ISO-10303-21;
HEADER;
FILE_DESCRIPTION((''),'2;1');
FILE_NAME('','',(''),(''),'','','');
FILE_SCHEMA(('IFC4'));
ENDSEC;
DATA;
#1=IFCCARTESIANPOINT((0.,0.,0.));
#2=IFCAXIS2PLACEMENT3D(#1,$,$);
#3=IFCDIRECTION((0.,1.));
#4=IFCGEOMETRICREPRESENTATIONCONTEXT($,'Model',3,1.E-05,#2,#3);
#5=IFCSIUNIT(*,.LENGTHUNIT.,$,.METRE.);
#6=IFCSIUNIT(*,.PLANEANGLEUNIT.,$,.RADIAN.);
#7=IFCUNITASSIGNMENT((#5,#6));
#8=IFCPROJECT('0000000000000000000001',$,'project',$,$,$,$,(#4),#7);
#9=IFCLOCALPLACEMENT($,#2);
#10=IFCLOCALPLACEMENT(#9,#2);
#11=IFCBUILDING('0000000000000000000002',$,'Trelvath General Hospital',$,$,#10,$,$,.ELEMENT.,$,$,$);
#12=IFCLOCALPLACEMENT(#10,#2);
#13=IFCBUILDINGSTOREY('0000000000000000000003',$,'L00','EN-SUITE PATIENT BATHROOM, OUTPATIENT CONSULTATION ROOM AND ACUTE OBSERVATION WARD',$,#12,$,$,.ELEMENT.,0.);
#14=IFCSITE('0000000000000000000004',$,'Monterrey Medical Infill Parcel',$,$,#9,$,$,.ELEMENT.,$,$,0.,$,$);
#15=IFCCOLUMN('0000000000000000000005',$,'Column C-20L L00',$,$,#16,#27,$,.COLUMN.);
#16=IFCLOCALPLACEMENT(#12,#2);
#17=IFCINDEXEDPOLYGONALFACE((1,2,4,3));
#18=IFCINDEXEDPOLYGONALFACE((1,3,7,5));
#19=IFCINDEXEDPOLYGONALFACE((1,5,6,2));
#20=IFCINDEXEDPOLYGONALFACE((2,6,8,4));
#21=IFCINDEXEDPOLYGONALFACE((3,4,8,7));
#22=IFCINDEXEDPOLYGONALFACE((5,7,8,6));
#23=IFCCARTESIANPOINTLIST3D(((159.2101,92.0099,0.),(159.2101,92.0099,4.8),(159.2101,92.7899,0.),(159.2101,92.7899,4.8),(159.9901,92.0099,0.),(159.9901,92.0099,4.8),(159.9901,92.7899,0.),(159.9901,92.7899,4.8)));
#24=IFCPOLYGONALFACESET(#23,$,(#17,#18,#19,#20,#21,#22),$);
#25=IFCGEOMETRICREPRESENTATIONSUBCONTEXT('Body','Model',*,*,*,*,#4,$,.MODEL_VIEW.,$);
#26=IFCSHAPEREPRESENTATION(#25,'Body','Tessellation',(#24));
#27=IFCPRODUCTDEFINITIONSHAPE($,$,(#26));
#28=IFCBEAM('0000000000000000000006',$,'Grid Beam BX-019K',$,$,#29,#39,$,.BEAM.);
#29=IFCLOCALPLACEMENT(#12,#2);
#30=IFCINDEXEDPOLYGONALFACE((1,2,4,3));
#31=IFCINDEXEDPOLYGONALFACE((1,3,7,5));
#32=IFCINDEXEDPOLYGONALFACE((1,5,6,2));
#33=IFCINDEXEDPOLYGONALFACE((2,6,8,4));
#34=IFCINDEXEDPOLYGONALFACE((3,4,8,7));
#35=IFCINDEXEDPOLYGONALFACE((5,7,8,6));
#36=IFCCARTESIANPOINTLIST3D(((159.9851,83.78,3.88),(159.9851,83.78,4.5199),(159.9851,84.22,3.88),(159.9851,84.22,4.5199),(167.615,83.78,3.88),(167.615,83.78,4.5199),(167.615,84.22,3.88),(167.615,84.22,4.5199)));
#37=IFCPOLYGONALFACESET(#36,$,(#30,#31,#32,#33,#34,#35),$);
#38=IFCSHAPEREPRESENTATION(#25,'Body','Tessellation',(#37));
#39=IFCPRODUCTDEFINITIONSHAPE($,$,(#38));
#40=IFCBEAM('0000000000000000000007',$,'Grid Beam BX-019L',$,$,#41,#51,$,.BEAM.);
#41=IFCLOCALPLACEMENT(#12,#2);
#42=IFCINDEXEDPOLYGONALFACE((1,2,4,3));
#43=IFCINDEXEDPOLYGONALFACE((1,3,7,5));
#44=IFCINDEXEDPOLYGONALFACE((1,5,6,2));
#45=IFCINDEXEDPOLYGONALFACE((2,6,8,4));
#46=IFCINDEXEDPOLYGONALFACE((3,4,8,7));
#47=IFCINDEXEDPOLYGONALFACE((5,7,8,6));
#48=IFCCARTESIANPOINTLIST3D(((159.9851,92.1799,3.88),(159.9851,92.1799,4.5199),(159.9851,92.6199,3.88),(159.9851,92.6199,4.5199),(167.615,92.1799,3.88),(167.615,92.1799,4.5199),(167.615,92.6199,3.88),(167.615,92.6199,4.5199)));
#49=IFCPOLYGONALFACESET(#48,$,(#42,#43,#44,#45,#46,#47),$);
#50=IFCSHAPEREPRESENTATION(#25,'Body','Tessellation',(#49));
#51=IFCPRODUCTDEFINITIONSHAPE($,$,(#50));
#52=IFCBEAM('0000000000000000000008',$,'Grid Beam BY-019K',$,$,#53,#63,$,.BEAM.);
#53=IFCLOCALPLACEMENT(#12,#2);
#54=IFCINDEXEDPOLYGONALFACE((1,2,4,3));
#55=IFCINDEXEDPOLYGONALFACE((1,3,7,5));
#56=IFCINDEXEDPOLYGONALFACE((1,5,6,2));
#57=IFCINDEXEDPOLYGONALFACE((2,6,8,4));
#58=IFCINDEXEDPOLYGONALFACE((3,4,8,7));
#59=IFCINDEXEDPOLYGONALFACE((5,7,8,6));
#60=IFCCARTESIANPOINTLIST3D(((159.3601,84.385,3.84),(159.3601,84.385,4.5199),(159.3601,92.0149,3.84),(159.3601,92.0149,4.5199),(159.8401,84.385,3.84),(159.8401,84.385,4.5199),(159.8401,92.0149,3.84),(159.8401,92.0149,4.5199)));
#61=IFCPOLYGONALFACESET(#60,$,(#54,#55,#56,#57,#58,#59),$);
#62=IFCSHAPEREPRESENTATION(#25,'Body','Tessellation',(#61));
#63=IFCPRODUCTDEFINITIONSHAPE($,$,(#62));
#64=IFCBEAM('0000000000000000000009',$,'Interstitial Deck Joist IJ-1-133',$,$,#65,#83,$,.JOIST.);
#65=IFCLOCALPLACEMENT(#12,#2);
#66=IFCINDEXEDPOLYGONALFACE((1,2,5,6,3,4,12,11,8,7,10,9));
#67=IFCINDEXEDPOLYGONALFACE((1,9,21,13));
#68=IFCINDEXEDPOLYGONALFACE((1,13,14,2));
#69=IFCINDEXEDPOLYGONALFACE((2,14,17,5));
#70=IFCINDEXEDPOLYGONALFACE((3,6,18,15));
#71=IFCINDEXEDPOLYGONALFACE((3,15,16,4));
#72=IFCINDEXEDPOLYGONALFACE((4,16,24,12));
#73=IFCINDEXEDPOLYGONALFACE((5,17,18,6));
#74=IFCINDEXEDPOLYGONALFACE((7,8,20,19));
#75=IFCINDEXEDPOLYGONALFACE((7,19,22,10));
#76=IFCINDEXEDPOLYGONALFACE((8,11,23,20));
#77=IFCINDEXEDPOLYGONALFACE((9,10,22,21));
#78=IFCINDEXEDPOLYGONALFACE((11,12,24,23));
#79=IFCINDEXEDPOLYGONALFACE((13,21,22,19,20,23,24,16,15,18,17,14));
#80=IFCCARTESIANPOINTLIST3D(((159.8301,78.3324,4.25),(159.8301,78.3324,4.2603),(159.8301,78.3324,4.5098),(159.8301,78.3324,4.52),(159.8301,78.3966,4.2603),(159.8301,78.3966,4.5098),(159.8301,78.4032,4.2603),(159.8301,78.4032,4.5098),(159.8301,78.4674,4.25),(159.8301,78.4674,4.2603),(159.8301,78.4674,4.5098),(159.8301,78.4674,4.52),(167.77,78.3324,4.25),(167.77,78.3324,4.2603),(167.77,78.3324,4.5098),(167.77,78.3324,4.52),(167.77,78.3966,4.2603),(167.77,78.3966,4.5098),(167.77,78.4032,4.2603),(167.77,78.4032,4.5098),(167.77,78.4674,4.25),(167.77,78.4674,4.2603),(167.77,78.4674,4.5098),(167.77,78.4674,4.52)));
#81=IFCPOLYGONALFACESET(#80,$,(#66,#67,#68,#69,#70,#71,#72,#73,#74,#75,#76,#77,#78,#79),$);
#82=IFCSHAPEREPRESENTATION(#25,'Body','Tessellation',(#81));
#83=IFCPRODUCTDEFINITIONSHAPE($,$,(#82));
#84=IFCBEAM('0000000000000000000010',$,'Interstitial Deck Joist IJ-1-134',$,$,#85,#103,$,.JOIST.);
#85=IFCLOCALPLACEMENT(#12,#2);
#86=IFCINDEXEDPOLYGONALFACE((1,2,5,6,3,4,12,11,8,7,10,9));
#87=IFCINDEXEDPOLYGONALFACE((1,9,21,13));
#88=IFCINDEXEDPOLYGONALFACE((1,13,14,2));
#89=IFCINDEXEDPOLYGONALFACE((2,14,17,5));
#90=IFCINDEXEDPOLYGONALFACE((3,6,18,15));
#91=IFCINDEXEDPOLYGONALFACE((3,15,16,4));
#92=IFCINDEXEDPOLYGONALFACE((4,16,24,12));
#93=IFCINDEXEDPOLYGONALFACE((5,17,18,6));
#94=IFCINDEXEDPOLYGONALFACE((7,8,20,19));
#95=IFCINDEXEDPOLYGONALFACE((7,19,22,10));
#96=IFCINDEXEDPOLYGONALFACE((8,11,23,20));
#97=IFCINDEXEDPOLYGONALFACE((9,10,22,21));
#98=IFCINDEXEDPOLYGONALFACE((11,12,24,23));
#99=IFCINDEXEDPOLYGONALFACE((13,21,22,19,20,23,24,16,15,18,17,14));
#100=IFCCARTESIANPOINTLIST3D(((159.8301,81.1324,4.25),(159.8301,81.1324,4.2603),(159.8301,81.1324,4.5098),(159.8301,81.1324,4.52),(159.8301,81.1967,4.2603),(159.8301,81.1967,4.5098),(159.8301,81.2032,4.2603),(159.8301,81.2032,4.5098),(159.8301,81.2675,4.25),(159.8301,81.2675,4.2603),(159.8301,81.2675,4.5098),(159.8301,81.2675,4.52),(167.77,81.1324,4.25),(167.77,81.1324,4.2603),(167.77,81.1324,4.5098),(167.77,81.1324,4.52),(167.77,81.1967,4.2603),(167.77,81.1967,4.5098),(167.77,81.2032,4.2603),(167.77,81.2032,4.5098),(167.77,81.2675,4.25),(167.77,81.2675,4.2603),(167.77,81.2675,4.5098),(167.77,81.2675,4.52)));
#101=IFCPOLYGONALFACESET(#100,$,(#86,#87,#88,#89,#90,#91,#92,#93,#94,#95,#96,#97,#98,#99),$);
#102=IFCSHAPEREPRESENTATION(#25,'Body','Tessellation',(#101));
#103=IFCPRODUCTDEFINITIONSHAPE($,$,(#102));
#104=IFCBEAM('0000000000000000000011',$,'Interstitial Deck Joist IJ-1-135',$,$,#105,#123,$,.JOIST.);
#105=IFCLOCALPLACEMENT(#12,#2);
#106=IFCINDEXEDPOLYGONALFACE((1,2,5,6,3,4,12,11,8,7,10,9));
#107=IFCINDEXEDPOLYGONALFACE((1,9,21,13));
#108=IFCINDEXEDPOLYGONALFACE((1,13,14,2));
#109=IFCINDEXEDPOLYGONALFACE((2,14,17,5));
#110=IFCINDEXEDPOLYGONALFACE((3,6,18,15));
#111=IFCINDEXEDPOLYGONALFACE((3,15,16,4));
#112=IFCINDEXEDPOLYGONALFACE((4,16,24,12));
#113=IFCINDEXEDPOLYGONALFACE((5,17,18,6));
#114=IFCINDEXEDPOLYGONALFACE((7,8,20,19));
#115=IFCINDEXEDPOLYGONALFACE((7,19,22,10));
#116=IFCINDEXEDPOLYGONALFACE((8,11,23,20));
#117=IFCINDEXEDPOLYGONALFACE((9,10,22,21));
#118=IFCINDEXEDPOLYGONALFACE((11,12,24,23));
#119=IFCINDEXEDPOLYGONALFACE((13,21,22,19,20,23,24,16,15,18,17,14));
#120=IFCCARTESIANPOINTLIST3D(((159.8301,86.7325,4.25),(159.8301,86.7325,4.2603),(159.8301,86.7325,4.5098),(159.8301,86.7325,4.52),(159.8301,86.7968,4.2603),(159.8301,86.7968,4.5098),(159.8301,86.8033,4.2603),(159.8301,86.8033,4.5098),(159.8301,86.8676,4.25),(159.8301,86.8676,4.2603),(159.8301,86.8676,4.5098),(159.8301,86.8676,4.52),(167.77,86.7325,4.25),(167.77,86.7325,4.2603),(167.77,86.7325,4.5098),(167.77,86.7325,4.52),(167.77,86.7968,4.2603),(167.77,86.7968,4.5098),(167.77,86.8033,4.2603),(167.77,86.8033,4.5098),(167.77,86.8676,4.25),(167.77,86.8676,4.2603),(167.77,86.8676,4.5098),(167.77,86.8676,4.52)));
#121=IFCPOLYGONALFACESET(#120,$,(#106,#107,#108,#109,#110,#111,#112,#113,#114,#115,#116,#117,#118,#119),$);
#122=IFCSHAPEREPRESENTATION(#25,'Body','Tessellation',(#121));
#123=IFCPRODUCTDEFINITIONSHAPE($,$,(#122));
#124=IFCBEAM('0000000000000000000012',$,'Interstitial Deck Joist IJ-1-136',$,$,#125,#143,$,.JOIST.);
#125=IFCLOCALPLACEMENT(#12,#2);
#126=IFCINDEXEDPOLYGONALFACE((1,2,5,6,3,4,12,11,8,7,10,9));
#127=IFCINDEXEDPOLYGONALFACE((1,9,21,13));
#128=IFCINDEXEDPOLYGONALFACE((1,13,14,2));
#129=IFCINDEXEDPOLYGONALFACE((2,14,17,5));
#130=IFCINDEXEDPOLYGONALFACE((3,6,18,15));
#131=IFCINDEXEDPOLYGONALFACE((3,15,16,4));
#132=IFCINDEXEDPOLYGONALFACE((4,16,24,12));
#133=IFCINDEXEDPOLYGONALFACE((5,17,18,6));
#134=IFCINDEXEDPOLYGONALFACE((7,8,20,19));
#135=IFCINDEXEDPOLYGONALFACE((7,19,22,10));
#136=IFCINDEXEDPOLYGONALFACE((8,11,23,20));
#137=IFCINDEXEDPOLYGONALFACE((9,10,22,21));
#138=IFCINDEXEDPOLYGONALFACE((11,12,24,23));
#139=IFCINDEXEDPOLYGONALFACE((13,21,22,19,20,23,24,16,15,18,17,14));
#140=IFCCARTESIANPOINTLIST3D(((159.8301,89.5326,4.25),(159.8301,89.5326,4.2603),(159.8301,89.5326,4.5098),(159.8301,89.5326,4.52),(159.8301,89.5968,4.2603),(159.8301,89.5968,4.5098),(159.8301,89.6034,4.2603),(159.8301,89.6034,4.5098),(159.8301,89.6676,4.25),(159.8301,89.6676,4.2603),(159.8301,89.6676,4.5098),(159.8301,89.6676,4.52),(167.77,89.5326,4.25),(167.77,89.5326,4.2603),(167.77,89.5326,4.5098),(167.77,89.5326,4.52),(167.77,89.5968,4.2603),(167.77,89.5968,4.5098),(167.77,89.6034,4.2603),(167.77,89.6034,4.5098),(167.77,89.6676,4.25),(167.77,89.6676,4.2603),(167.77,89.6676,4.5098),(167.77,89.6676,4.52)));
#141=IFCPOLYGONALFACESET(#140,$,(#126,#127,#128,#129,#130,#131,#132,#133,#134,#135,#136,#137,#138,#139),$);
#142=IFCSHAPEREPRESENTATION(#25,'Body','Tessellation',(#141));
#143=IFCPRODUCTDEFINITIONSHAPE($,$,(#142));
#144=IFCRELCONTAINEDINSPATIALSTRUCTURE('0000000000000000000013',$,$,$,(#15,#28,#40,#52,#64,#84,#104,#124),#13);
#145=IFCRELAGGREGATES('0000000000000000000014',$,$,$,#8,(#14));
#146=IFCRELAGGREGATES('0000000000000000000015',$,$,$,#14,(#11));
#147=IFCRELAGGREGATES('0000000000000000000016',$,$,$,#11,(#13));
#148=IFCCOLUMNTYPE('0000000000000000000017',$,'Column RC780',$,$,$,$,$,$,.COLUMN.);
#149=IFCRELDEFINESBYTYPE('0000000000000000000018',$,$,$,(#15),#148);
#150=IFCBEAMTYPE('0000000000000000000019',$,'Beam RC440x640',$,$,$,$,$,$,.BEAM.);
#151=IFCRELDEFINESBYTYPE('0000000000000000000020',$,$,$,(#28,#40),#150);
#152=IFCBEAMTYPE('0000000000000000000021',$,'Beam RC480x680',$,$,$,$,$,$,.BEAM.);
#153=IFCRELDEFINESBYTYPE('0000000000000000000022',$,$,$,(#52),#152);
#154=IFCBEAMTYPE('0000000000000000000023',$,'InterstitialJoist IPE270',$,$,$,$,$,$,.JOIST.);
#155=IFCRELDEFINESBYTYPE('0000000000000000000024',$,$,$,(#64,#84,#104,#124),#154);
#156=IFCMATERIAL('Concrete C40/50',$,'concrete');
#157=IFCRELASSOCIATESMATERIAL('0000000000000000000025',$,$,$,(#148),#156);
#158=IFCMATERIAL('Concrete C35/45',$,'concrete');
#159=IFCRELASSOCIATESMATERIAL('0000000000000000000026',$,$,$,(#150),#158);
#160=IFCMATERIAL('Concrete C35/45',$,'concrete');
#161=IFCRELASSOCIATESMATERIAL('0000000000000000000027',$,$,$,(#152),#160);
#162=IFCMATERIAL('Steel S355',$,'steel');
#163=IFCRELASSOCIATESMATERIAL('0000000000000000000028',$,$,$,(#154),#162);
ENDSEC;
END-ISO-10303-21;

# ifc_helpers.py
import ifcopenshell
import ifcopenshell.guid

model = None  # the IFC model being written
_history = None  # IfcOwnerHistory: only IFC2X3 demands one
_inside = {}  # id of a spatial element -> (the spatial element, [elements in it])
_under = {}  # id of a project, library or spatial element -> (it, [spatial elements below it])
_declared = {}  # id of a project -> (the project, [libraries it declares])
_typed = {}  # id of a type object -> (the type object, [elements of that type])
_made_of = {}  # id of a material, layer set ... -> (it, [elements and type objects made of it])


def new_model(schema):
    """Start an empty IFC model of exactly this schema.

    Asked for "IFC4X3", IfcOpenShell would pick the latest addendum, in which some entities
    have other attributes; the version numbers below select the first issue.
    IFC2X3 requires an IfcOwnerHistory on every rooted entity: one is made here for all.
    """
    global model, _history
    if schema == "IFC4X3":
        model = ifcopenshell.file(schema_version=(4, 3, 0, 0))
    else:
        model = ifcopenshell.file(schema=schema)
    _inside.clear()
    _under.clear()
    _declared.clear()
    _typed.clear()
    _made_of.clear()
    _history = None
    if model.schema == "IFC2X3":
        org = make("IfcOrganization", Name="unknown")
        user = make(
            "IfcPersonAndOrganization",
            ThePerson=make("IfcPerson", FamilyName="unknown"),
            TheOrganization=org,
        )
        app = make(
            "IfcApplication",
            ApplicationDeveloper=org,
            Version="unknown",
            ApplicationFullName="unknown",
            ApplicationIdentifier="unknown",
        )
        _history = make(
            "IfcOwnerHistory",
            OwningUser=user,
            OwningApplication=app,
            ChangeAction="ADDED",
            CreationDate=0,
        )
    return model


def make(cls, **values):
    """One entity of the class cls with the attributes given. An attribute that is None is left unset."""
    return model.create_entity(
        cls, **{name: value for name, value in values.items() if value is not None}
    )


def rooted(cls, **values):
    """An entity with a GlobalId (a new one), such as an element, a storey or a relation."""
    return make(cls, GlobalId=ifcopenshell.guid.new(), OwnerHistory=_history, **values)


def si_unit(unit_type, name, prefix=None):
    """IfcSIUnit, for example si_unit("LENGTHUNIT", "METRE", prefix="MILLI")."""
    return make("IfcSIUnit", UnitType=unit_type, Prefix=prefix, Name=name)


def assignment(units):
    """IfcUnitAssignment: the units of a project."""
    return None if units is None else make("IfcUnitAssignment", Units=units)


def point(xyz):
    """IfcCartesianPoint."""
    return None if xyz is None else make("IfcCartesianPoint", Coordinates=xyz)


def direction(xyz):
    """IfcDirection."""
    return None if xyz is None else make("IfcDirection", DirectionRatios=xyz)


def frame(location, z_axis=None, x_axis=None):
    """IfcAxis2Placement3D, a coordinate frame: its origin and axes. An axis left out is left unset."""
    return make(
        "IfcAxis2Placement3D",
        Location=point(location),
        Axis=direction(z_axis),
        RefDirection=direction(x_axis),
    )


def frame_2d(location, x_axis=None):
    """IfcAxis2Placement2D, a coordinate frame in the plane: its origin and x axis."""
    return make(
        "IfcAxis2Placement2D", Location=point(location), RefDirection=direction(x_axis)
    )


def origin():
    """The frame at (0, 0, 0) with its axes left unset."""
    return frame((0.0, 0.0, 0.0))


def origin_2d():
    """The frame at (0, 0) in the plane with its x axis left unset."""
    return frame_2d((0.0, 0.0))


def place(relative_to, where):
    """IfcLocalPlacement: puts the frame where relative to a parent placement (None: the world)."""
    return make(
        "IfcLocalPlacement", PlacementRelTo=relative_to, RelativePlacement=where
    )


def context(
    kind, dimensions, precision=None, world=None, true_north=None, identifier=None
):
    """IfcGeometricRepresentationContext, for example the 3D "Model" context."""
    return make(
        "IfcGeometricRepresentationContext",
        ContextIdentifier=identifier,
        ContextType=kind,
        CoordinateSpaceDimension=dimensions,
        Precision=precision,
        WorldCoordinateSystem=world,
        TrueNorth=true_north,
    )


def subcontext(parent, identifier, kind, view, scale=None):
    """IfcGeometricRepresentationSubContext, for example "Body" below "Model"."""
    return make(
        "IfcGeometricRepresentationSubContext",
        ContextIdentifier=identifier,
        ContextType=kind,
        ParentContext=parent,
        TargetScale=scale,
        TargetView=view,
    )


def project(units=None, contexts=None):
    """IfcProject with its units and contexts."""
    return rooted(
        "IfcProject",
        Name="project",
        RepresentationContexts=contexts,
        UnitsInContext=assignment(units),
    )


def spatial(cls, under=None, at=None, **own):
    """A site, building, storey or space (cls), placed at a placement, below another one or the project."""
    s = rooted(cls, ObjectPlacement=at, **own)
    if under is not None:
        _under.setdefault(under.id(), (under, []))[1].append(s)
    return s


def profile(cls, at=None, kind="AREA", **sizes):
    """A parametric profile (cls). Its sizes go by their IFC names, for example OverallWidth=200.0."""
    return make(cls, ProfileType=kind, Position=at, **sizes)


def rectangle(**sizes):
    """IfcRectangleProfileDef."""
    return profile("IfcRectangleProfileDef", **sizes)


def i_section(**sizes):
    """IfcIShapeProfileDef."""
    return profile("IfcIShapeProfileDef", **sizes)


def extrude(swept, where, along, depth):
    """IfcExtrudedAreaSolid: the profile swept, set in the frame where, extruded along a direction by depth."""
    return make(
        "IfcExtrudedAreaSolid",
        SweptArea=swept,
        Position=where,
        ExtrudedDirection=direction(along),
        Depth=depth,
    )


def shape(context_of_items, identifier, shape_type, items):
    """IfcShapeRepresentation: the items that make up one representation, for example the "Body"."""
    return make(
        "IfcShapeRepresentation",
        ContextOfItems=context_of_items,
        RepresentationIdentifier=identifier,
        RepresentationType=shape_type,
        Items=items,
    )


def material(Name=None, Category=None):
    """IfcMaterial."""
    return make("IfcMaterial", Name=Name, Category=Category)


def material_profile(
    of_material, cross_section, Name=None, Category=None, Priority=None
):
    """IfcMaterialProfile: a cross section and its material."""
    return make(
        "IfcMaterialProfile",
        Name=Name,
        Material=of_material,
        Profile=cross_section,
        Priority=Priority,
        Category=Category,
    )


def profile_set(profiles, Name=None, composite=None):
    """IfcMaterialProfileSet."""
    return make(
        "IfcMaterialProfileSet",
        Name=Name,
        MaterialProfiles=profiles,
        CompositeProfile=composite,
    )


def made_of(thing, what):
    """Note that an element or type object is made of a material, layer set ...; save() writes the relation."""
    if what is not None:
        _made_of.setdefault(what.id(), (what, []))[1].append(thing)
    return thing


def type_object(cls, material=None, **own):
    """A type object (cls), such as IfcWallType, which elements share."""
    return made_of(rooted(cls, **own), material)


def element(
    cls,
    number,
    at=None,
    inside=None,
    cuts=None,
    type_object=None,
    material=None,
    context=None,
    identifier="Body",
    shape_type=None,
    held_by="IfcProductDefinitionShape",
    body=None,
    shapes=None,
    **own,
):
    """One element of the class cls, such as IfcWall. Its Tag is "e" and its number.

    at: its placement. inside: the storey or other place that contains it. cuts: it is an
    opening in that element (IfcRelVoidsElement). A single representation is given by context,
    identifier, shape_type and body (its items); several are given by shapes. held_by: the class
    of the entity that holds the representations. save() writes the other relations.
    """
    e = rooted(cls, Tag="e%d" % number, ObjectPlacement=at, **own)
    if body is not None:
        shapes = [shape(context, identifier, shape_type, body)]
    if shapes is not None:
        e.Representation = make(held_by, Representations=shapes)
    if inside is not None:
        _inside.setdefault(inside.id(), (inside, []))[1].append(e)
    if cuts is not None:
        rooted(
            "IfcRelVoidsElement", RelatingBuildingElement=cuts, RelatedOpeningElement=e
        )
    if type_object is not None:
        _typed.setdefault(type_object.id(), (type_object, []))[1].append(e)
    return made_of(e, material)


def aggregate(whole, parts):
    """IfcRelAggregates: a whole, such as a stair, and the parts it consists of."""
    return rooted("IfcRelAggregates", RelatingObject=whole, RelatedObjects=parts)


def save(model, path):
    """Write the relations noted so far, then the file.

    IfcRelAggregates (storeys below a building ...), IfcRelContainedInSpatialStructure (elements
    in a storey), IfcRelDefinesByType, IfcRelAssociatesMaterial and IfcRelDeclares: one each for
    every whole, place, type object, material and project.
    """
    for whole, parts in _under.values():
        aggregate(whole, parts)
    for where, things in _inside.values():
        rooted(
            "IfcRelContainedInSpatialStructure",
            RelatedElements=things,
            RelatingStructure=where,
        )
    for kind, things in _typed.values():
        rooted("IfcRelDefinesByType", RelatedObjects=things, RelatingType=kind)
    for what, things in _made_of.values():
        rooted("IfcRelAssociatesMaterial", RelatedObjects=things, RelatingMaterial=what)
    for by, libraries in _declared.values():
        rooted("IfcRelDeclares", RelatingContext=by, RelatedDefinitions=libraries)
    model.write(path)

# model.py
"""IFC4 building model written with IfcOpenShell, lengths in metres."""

from ifc_helpers import new_model, si_unit, direction, frame, origin, origin_2d, place, context, subcontext, project, spatial, rectangle, i_section, extrude, material, material_profile, profile_set, type_object, element, save


model = new_model("IFC4")

# Units and contexts
model_context = context("Model", 3, precision=1e-05, world=origin(), true_north=direction((0.0, 1.0)))
body_context = subcontext(model_context, "Body", "Model", "MODEL_VIEW")
ifc_project = project(units=[si_unit("LENGTHUNIT", "METRE"), si_unit("PLANEANGLEUNIT", "RADIAN")], contexts=[model_context])

# Site, building, storey
site_placement = place(None, origin())
site = spatial("IfcSite", under=ifc_project, at=site_placement, Name="Monterrey Medical Infill Parcel", CompositionType="ELEMENT", RefElevation=0.0)
building_placement = place(site_placement, origin())
building = spatial("IfcBuilding", under=site, at=building_placement, Name="Trelvath General Hospital", CompositionType="ELEMENT")
storey_placement = place(building_placement, origin())
storey = spatial("IfcBuildingStorey", under=building, at=storey_placement, Name="L00", Description="EN-SUITE PATIENT BATHROOM, OUTPATIENT CONSULTATION ROOM AND ACUTE OBSERVATION WARD", CompositionType="ELEMENT", Elevation=0.0)

# Column
ifc_material_1 = material(Name="Concrete C40/50", Category="concrete")
ifc_material_profile_1 = material_profile(ifc_material_1, rectangle(XDim=0.78, YDim=0.78, at=origin_2d()), Name="RC780x780")
ifc_profile_set_1 = profile_set([ifc_material_profile_1], Name="Concrete C40/50")
column_type = type_object("IfcColumnType", Name="Column RC780", PredefinedType="COLUMN", material=ifc_profile_set_1)
for number, where, z_axis, x_axis, name in (
    (1, (159.6001, 92.3999, 0.0), (0.0, 0.0, 1.0), (1.0, 0.0, 0.0), "Column C-20L L00"),
):
    element("IfcColumn", number, at=place(storey_placement, frame(where, z_axis=z_axis, x_axis=x_axis)), inside=storey, type_object=column_type, Name=name, PredefinedType="COLUMN", context=body_context, shape_type="SweptSolid", body=[
        extrude(rectangle(XDim=0.78, YDim=0.78, at=origin_2d()), origin(), (0.0, 0.0, 1.0), 4.8),
    ])

# Beams
ifc_material_2 = material(Name="Concrete C35/45", Category="concrete")
ifc_material_profile_2 = material_profile(ifc_material_2, rectangle(XDim=0.4399, YDim=0.6399, at=origin_2d()), Name="RCB440x640")
ifc_profile_set_2 = profile_set([ifc_material_profile_2], Name="Concrete C35/45")
beam_type_1 = type_object("IfcBeamType", Name="Beam RC440x640", PredefinedType="BEAM", material=ifc_profile_set_2)
for number, where, z_axis, x_axis, name in (
    (2, (159.9851, 84.0, 4.2), (1.0, 0.0, 0.0), (0.0, 1.0, 0.0), "Grid Beam BX-019K"),
    (3, (159.9851, 92.3999, 4.2), (1.0, 0.0, 0.0), (0.0, 1.0, 0.0), "Grid Beam BX-019L"),
):
    element("IfcBeam", number, at=place(storey_placement, frame(where, z_axis=z_axis, x_axis=x_axis)), inside=storey, type_object=beam_type_1, Name=name, PredefinedType="BEAM", context=body_context, shape_type="SweptSolid", body=[
        extrude(rectangle(XDim=0.4399, YDim=0.6399, at=origin_2d()), origin(), (0.0, 0.0, 1.0), 7.6299),
    ])
ifc_material_3 = material(Name="Concrete C35/45", Category="concrete")
ifc_material_profile_3 = material_profile(ifc_material_3, rectangle(XDim=0.48, YDim=0.6799, at=origin_2d()), Name="RCB480x680")
ifc_profile_set_3 = profile_set([ifc_material_profile_3], Name="Concrete C35/45")
beam_type_2 = type_object("IfcBeamType", Name="Beam RC480x680", PredefinedType="BEAM", material=ifc_profile_set_3)
beam_placement = place(storey_placement, frame((159.6001, 84.385, 4.1799), z_axis=(0.0, 1.0, 0.0), x_axis=(-1.0, 0.0, 0.0)))
element("IfcBeam", 4, at=beam_placement, inside=storey, type_object=beam_type_2, Name="Grid Beam BY-019K", PredefinedType="BEAM", context=body_context, shape_type="SweptSolid", body=[
    extrude(rectangle(XDim=0.48, YDim=0.6799, at=origin_2d()), origin(), (0.0, 0.0, 1.0), 7.6299),
])
ifc_material_4 = material(Name="Steel S355", Category="steel")
ifc_material_profile_4 = material_profile(ifc_material_4, i_section(OverallWidth=0.135, OverallDepth=0.27, WebThickness=0.0066, FlangeThickness=0.0103, at=origin_2d()), Name="IPE270")
ifc_profile_set_4 = profile_set([ifc_material_profile_4], Name="Steel S355")
beam_type_3 = type_object("IfcBeamType", Name="InterstitialJoist IPE270", PredefinedType="JOIST", material=ifc_profile_set_4)
for number, where, z_axis, x_axis, name in (
    (5, (159.8301, 78.3999, 4.385), (1.0, 0.0, 0.0), (0.0, 1.0, 0.0), "Interstitial Deck Joist IJ-1-133"),
    (6, (159.8301, 81.2, 4.385), (1.0, 0.0, 0.0), (0.0, 1.0, 0.0), "Interstitial Deck Joist IJ-1-134"),
    (7, (159.8301, 86.8, 4.385), (1.0, 0.0, 0.0), (0.0, 1.0, 0.0), "Interstitial Deck Joist IJ-1-135"),
    (8, (159.8301, 89.6001, 4.385), (1.0, 0.0, 0.0), (0.0, 1.0, 0.0), "Interstitial Deck Joist IJ-1-136"),
):
    element("IfcBeam", number, at=place(storey_placement, frame(where, z_axis=z_axis, x_axis=x_axis)), inside=storey, type_object=beam_type_3, Name=name, PredefinedType="JOIST", context=body_context, shape_type="SweptSolid", body=[
        extrude(i_section(OverallWidth=0.135, OverallDepth=0.27, WebThickness=0.0066, FlangeThickness=0.0103, at=origin_2d()), origin(), (0.0, 0.0, 1.0), 7.9399),
    ])

save(model, "model.ifc")
